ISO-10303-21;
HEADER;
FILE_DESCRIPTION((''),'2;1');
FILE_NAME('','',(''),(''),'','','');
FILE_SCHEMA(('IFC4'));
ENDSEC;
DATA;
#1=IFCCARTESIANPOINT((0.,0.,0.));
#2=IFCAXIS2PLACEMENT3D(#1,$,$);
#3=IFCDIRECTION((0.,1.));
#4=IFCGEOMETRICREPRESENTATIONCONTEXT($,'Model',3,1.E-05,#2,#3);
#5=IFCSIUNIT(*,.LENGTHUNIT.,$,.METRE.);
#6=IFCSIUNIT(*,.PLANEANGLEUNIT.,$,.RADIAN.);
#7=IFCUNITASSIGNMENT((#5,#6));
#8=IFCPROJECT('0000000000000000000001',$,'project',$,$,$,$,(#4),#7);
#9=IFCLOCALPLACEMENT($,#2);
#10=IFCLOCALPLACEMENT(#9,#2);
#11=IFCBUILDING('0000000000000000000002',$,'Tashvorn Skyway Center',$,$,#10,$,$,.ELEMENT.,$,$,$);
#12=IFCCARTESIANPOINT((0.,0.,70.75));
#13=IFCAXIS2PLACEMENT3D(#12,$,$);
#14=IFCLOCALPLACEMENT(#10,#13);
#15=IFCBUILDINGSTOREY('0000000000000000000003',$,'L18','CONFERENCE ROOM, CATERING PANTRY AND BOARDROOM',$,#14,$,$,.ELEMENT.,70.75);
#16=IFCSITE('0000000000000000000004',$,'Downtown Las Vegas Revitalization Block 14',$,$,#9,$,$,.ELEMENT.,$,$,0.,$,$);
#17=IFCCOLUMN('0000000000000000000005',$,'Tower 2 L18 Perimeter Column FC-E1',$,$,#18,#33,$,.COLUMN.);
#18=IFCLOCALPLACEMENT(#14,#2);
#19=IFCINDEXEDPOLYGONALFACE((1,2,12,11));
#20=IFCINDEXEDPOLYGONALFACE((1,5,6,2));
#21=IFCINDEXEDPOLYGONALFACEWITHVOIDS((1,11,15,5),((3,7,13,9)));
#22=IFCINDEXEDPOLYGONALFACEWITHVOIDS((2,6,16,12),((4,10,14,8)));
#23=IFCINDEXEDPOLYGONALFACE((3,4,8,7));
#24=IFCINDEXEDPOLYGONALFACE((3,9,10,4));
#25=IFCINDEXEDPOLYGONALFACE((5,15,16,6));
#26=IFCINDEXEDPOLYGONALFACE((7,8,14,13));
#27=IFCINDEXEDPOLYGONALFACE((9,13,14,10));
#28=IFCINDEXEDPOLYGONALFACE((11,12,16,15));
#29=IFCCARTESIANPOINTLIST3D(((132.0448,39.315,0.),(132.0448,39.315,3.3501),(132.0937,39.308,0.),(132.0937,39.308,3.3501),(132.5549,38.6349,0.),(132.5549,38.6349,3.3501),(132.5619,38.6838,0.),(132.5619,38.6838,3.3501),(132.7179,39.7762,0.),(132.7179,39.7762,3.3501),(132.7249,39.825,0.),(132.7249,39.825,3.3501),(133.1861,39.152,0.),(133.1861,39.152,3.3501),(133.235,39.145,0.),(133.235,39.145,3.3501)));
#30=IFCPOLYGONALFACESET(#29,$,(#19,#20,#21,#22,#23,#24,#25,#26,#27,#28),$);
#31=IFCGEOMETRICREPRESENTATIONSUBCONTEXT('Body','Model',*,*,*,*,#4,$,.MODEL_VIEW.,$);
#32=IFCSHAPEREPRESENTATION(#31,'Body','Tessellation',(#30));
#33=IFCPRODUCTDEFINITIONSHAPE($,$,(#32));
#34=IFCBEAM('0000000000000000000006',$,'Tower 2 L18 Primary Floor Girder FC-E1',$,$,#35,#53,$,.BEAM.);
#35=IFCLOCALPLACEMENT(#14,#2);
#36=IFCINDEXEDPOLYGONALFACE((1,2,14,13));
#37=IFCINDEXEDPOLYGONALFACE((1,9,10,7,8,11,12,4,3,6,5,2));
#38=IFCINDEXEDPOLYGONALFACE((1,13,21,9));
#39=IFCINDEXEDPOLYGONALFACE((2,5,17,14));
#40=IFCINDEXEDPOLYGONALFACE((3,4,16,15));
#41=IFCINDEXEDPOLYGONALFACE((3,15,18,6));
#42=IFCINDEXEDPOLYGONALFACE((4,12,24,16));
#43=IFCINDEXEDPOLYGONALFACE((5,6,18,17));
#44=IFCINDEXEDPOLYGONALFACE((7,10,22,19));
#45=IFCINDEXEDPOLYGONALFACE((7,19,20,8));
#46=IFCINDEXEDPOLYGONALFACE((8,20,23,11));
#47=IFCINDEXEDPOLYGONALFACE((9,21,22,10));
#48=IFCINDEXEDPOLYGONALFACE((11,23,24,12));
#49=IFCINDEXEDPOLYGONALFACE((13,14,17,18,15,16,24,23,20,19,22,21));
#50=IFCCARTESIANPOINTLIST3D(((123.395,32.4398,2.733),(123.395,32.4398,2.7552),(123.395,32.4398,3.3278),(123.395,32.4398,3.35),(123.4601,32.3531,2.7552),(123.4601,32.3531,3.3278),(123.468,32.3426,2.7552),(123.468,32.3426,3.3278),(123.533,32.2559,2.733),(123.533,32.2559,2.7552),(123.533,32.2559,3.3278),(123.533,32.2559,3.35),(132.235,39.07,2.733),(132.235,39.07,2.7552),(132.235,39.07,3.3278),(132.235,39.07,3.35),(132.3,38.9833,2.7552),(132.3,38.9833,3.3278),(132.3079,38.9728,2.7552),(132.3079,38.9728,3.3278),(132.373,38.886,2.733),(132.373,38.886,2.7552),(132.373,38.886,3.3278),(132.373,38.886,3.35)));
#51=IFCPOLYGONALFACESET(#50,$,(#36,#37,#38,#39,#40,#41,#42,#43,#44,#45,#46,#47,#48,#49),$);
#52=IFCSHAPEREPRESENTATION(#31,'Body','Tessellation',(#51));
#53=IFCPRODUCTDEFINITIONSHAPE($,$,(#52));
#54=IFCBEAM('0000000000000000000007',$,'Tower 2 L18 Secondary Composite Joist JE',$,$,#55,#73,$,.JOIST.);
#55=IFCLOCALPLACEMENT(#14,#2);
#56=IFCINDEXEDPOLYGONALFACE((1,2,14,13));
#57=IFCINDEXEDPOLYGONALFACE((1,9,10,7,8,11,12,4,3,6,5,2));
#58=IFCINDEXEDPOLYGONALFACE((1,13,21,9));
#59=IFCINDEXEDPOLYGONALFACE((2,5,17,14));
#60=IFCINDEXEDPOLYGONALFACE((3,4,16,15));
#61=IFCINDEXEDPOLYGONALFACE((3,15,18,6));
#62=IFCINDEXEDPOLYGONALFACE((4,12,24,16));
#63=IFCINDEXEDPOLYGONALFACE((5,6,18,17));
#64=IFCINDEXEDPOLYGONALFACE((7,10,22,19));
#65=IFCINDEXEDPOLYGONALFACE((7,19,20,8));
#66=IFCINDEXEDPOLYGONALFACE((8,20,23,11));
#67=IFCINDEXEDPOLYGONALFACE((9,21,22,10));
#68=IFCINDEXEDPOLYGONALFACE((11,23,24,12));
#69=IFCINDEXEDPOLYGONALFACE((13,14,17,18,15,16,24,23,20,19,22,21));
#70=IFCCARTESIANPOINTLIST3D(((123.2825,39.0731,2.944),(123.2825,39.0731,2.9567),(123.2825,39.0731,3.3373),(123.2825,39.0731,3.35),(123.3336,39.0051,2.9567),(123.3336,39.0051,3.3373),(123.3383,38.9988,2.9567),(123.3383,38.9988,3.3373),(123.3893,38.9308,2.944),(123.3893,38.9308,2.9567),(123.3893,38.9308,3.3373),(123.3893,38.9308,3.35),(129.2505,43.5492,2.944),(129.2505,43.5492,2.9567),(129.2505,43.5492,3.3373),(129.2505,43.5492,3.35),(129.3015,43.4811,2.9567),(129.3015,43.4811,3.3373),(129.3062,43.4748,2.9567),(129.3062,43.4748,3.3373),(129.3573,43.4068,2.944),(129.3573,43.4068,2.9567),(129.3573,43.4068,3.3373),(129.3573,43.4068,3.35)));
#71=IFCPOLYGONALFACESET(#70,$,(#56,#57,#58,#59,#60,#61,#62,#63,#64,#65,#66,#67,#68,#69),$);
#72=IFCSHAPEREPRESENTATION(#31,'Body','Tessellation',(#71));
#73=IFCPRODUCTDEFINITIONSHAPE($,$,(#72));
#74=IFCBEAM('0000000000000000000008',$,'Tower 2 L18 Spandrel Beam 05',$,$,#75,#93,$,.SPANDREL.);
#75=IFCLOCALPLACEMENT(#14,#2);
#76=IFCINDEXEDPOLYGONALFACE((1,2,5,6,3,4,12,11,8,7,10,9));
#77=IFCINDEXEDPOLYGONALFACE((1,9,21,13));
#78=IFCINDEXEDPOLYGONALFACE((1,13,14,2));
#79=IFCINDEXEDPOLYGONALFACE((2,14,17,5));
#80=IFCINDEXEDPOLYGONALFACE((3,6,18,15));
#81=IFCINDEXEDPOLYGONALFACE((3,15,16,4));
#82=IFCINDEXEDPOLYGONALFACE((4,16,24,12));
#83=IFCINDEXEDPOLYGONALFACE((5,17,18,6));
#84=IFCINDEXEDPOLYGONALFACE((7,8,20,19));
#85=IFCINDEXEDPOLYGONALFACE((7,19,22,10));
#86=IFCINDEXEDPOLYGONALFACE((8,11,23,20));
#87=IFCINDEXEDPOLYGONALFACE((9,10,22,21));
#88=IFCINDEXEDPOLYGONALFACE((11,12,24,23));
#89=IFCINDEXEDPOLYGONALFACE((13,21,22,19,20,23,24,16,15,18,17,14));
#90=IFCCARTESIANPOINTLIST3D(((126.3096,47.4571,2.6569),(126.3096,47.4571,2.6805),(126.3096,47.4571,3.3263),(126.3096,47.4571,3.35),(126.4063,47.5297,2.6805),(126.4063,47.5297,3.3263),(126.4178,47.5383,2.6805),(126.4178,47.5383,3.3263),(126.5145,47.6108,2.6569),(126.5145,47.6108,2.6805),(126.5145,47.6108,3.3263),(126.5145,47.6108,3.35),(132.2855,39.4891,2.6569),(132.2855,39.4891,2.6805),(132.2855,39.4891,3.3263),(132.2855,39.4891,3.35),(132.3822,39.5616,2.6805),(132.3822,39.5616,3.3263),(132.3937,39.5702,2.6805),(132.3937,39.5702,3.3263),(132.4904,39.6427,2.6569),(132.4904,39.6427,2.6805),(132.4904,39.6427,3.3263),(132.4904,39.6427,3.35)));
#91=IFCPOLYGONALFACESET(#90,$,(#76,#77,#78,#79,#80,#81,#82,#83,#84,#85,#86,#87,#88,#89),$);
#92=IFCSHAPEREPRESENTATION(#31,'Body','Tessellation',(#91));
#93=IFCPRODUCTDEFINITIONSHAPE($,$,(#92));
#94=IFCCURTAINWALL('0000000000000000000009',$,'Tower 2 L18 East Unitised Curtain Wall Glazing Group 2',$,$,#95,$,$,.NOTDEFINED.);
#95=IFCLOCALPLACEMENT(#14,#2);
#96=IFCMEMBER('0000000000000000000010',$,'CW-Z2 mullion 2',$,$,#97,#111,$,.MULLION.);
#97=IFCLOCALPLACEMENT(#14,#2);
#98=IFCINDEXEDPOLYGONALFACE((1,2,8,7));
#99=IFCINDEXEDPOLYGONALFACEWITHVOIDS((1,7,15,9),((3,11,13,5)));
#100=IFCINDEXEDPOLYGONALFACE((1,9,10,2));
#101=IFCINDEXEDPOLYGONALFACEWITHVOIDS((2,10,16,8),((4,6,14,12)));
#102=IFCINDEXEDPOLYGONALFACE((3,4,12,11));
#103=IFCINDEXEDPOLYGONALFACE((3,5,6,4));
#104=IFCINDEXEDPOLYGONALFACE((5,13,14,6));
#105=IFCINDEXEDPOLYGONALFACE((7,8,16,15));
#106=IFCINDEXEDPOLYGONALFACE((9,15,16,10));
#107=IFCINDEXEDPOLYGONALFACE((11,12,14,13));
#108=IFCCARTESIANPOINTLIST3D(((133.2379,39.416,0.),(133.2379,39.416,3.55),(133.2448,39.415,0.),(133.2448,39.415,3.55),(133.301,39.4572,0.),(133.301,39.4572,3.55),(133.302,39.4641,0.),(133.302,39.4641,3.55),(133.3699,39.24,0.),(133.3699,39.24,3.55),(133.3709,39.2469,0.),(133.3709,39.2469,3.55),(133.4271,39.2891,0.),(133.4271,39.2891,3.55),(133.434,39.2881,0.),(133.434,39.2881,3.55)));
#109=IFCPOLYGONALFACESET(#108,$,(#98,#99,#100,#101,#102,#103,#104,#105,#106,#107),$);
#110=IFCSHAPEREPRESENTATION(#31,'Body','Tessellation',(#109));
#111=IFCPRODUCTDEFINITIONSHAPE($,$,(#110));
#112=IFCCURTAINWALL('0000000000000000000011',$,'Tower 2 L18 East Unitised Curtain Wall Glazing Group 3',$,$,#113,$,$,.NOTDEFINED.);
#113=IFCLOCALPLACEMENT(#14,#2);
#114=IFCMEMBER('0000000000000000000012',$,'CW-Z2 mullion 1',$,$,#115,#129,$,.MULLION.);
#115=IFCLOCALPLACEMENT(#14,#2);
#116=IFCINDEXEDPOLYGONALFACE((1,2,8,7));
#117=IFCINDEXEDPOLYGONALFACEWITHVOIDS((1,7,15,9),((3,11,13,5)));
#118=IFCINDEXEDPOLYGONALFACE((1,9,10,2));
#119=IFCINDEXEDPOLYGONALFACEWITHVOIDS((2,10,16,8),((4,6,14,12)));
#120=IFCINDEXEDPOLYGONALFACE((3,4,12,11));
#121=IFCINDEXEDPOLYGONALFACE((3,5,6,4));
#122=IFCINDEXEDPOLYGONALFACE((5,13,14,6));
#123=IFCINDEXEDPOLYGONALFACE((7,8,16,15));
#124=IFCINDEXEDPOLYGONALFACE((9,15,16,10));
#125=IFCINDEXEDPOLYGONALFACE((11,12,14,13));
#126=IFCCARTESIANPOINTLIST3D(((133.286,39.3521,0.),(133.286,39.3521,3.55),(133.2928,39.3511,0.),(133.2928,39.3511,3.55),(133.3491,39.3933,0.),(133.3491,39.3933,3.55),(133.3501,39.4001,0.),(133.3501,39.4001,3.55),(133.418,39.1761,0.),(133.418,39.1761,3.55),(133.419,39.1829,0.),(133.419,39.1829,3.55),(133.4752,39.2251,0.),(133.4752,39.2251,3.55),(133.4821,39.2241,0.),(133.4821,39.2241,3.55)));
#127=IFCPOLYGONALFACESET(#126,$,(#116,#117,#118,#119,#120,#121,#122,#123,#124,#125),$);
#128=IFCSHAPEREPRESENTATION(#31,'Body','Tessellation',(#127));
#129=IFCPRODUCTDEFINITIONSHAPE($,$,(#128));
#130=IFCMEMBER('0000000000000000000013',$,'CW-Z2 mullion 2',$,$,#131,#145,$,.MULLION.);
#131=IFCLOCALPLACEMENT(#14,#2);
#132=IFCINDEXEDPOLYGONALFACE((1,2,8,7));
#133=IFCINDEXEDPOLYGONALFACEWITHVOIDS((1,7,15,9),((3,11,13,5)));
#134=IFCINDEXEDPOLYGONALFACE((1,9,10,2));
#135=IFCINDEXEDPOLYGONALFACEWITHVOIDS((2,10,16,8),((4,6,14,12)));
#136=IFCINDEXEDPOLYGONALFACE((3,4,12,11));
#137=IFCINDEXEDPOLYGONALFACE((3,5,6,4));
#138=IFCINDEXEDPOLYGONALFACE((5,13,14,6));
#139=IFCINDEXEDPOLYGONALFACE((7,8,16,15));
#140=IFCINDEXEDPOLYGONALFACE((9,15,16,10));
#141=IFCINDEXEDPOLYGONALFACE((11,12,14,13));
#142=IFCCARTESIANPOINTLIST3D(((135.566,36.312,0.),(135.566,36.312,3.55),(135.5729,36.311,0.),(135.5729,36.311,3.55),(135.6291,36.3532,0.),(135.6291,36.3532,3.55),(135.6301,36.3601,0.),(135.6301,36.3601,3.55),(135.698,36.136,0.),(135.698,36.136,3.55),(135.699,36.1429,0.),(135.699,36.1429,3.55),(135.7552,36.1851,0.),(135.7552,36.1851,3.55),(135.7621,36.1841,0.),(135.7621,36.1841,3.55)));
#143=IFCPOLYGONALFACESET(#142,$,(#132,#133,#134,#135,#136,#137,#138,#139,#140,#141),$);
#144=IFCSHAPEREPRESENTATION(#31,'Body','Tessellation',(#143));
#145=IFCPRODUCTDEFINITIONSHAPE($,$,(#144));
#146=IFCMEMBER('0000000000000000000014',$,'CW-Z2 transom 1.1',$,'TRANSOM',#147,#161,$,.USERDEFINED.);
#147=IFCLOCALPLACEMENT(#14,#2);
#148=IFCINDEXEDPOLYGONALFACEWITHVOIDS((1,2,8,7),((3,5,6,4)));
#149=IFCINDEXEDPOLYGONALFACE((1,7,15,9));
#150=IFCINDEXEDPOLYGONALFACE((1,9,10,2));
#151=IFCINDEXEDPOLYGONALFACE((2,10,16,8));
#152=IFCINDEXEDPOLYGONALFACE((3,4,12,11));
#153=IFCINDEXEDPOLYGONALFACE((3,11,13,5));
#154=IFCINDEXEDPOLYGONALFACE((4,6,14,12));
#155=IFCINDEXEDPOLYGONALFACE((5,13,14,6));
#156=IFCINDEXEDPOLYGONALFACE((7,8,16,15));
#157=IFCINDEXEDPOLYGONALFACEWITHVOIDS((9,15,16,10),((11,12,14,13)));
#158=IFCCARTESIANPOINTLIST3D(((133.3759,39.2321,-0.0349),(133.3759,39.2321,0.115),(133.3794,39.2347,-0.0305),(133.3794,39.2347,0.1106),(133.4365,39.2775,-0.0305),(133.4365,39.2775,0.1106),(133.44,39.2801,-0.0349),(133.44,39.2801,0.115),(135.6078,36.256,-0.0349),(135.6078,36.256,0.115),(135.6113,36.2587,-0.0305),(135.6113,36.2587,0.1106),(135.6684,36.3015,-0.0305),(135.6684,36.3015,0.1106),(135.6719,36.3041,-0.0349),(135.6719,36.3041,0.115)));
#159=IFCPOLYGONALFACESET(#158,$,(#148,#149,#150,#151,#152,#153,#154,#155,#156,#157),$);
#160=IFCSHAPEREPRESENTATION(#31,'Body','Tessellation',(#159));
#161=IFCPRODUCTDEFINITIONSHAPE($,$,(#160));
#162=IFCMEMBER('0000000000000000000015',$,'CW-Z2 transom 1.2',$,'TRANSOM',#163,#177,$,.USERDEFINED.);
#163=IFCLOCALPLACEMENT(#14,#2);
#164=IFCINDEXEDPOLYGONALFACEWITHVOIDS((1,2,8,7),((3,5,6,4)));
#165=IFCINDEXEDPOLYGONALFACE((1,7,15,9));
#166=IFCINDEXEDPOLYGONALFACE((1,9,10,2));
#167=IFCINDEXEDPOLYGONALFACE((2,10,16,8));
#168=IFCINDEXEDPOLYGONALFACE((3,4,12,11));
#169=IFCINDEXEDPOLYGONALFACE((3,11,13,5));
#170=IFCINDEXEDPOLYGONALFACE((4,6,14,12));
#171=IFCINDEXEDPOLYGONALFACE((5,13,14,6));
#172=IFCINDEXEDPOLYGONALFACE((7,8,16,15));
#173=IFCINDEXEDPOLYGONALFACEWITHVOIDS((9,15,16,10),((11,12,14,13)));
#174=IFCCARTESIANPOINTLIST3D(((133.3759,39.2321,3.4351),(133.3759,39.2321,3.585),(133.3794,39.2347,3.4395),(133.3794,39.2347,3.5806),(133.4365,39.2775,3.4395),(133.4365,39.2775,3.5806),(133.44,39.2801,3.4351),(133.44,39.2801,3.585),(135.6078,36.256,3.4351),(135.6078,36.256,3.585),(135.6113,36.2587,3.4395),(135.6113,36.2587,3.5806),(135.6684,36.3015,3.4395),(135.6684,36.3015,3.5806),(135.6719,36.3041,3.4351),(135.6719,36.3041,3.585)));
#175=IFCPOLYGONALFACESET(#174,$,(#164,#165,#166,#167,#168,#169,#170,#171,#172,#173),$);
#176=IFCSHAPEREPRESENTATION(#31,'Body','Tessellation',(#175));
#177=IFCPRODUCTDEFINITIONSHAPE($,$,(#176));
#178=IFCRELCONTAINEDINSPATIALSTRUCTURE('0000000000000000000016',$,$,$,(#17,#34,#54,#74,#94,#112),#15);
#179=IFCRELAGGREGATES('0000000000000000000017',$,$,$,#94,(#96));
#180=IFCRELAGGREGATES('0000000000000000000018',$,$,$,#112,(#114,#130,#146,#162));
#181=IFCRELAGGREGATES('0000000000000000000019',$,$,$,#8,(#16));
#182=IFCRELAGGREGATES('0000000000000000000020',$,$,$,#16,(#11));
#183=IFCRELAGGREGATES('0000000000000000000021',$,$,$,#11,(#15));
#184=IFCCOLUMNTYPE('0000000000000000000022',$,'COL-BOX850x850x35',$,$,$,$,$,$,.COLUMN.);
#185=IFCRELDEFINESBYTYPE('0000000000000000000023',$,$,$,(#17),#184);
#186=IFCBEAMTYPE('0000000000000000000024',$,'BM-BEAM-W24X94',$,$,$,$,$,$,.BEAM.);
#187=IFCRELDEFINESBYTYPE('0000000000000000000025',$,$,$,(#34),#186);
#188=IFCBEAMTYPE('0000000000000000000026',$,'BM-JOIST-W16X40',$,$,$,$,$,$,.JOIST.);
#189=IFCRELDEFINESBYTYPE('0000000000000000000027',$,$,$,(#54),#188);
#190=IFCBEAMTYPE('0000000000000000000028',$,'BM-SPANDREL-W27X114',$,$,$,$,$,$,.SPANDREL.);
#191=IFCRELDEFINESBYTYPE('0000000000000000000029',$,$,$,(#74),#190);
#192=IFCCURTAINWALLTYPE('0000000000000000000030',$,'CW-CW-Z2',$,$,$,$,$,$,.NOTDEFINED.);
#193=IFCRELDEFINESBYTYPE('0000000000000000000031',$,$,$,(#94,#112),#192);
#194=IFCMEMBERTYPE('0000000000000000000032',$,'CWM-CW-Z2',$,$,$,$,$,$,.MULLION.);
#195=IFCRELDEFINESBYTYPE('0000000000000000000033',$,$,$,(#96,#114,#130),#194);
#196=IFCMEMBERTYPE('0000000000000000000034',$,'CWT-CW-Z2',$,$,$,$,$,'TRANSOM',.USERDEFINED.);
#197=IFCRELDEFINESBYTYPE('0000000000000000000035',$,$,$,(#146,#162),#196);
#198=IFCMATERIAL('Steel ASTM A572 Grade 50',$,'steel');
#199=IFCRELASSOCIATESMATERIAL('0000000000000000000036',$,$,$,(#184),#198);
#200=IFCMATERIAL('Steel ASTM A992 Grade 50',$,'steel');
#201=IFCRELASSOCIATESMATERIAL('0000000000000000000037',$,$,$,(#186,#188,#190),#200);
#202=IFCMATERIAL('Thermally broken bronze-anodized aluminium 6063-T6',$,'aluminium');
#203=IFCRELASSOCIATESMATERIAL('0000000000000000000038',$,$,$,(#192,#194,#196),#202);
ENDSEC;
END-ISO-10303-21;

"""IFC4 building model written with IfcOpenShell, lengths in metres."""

from ifc_helpers import new_model, si_unit, direction, frame, origin, origin_2d, place, context, subcontext, project, spatial, hollow_rectangle, i_section, extrude, material, material_profile, profile_set, type_object, element, aggregate, save


model = new_model("IFC4")

# Units and contexts
model_context = context("Model", 3, precision=1e-05, world=origin(), true_north=direction((0.0, 1.0)))
body_context = subcontext(model_context, "Body", "Model", "MODEL_VIEW")
ifc_project = project(units=[si_unit("LENGTHUNIT", "METRE"), si_unit("PLANEANGLEUNIT", "RADIAN")], contexts=[model_context])

# Site, building, storey
site_placement = place(None, origin())
site = spatial("IfcSite", under=ifc_project, at=site_placement, Name="Downtown Las Vegas Revitalization Block 14", CompositionType="ELEMENT", RefElevation=0.0)
building_placement = place(site_placement, origin())
building = spatial("IfcBuilding", under=site, at=building_placement, Name="Tashvorn Skyway Center", CompositionType="ELEMENT")
storey_placement = place(building_placement, frame((0.0, 0.0, 70.75)))
storey = spatial("IfcBuildingStorey", under=building, at=storey_placement, Name="L18", Description="CONFERENCE ROOM, CATERING PANTRY AND BOARDROOM", CompositionType="ELEMENT", Elevation=70.75)

# Column
ifc_material_1 = material(Name="Steel ASTM A572 Grade 50", Category="steel")
ifc_material_profile_1 = material_profile(ifc_material_1, hollow_rectangle(XDim=0.8501, YDim=0.8501, WallThickness=0.0349, at=origin_2d()), Name="BOX850x850x35")
ifc_profile_set_1 = profile_set([ifc_material_profile_1], Name="Steel ASTM A572 Grade 50")
column_type = type_object("IfcColumnType", Name="COL-BOX850x850x35", PredefinedType="COLUMN", material=ifc_profile_set_1)
column_placement = place(storey_placement, frame((132.6399, 39.23, 0.0), z_axis=(0.0, 0.0, 1.0), x_axis=(0.8, 0.6, 0.0)))
element("IfcColumn", 1, at=column_placement, inside=storey, type_object=column_type, Name="Tower 2 L18 Perimeter Column FC-E1", PredefinedType="COLUMN", context=body_context, shape_type="SweptSolid", body=[
    extrude(hollow_rectangle(XDim=0.8501, YDim=0.8501, WallThickness=0.0349, at=origin_2d()), origin(), (0.0, 0.0, 1.0), 3.3501),
])

# Beams
ifc_material_2 = material(Name="Steel ASTM A992 Grade 50", Category="steel")
ifc_material_profile_2 = material_profile(ifc_material_2, i_section(OverallWidth=0.23, OverallDepth=0.6169, WebThickness=0.0132, FlangeThickness=0.0222, at=origin_2d()), Name="W24X94")
ifc_profile_set_2 = profile_set([ifc_material_profile_2], Name="Steel ASTM A992 Grade 50")
beam_type_1 = type_object("IfcBeamType", Name="BM-BEAM-W24X94", PredefinedType="BEAM", material=ifc_profile_set_2)
beam_1_placement = place(storey_placement, frame((132.304, 38.978, 3.0415), z_axis=(-0.799989, -0.600014, 0.0), x_axis=(0.600014, -0.799989, 0.0)))
element("IfcBeam", 2, at=beam_1_placement, inside=storey, type_object=beam_type_1, Name="Tower 2 L18 Primary Floor Girder FC-E1", PredefinedType="BEAM", context=body_context, shape_type="SweptSolid", body=[
    extrude(i_section(OverallWidth=0.23, OverallDepth=0.6169, WebThickness=0.0132, FlangeThickness=0.0222, at=origin_2d()), origin(), (0.0, 0.0, 1.0), 11.05),
])
ifc_material_profile_3 = material_profile(ifc_material_2, i_section(OverallWidth=0.178, OverallDepth=0.406, WebThickness=0.0078, FlangeThickness=0.0127, at=origin_2d()), Name="W16X40")
ifc_profile_set_3 = profile_set([ifc_material_profile_3], Name="Steel ASTM A992 Grade 50")
beam_type_2 = type_object("IfcBeamType", Name="BM-JOIST-W16X40", PredefinedType="JOIST", material=ifc_profile_set_3)
beam_2_placement = place(storey_placement, frame((123.3359, 39.002, 3.147), z_axis=(0.799996, 0.600005, 0.0), x_axis=(-0.600005, 0.799996, 0.0)))
element("IfcBeam", 3, at=beam_2_placement, inside=storey, type_object=beam_type_2, Name="Tower 2 L18 Secondary Composite Joist JE", PredefinedType="JOIST", context=body_context, shape_type="SweptSolid", body=[
    extrude(i_section(OverallWidth=0.178, OverallDepth=0.406, WebThickness=0.0078, FlangeThickness=0.0127, at=origin_2d()), origin(), (0.0, 0.0, 1.0), 7.46),
])
ifc_material_profile_4 = material_profile(ifc_material_2, i_section(OverallWidth=0.2561, OverallDepth=0.6931, WebThickness=0.0144, FlangeThickness=0.0237, at=origin_2d()), Name="W27X114")
ifc_profile_set_4 = profile_set([ifc_material_profile_4], Name="Steel ASTM A992 Grade 50")
beam_type_3 = type_object("IfcBeamType", Name="BM-SPANDREL-W27X114", PredefinedType="SPANDREL", material=ifc_profile_set_4)
beam_3_placement = place(storey_placement, frame((132.3879, 39.5659, 3.0034), z_axis=(-0.599988, 0.800009, 0.0), x_axis=(-0.800009, -0.599988, 0.0)))
element("IfcBeam", 4, at=beam_3_placement, inside=storey, type_object=beam_type_3, Name="Tower 2 L18 Spandrel Beam 05", PredefinedType="SPANDREL", context=body_context, shape_type="SweptSolid", body=[
    extrude(i_section(OverallWidth=0.2561, OverallDepth=0.6931, WebThickness=0.0144, FlangeThickness=0.0237, at=origin_2d()), origin(), (0.0, 0.0, 1.0), 9.96),
])

# Curtain wall, member
ifc_material_3 = material(Name="Thermally broken bronze-anodized aluminium 6063-T6", Category="aluminium")
curtain_wall_type = type_object("IfcCurtainWallType", Name="CW-CW-Z2", PredefinedType="NOTDEFINED", material=ifc_material_3)
curtain_wall_1_placement = place(storey_placement, origin())
curtain_wall_1 = element("IfcCurtainWall", 5, at=curtain_wall_1_placement, inside=storey, type_object=curtain_wall_type, Name="Tower 2 L18 East Unitised Curtain Wall Glazing Group 2", PredefinedType="NOTDEFINED")
ifc_material_profile_5 = material_profile(ifc_material_3, hollow_rectangle(XDim=0.0801, YDim=0.22, WallThickness=0.0049, at=origin_2d()), Name="ALU-MULL-80x220")
ifc_profile_set_5 = profile_set([ifc_material_profile_5], Name="Thermally broken bronze-anodized aluminium 6063-T6")
member_type_1 = type_object("IfcMemberType", Name="CWM-CW-Z2", PredefinedType="MULLION", material=ifc_profile_set_5)
member_1_placement = place(storey_placement, frame((133.3359, 39.3521, 0.0), z_axis=(0.0, 0.0, 1.0), x_axis=(0.8, 0.6, 0.0)))
member_1 = element("IfcMember", 6, at=member_1_placement, type_object=member_type_1, Name="CW-Z2 mullion 2", PredefinedType="MULLION", context=body_context, shape_type="SweptSolid", body=[
    extrude(hollow_rectangle(XDim=0.0801, YDim=0.22, WallThickness=0.0049, at=origin_2d()), origin(), (0.0, 0.0, 1.0), 3.55),
])
aggregate(curtain_wall_1, [member_1])

# Curtain wall, members
curtain_wall_2_placement = place(storey_placement, origin())
curtain_wall_2 = element("IfcCurtainWall", 7, at=curtain_wall_2_placement, inside=storey, type_object=curtain_wall_type, Name="Tower 2 L18 East Unitised Curtain Wall Glazing Group 3", PredefinedType="NOTDEFINED")
member_2_placement = place(storey_placement, frame((133.384, 39.2881, 0.0), z_axis=(0.0, 0.0, 1.0), x_axis=(0.8, 0.6, 0.0)))
member_2 = element("IfcMember", 8, at=member_2_placement, type_object=member_type_1, Name="CW-Z2 mullion 1", PredefinedType="MULLION", context=body_context, shape_type="SweptSolid", body=[
    extrude(hollow_rectangle(XDim=0.0801, YDim=0.22, WallThickness=0.0049, at=origin_2d()), origin(), (0.0, 0.0, 1.0), 3.55),
])
member_3_placement = place(storey_placement, frame((135.6641, 36.248, 0.0), z_axis=(0.0, 0.0, 1.0), x_axis=(0.8, 0.6, 0.0)))
member_3 = element("IfcMember", 9, at=member_3_placement, type_object=member_type_1, Name="CW-Z2 mullion 2", PredefinedType="MULLION", context=body_context, shape_type="SweptSolid", body=[
    extrude(hollow_rectangle(XDim=0.0801, YDim=0.22, WallThickness=0.0049, at=origin_2d()), origin(), (0.0, 0.0, 1.0), 3.55),
])
ifc_material_profile_6 = material_profile(ifc_material_3, hollow_rectangle(XDim=0.0801, YDim=0.1499, WallThickness=0.0044, at=origin_2d()), Name="ALU-TRAN-80x150")
ifc_profile_set_6 = profile_set([ifc_material_profile_6], Name="Thermally broken bronze-anodized aluminium 6063-T6")
member_type_2 = type_object("IfcMemberType", Name="CWT-CW-Z2", ElementType="TRANSOM", PredefinedType="USERDEFINED", material=ifc_profile_set_6)
member_4_placement = place(storey_placement, frame((133.408, 39.2561, 0.04), z_axis=(0.599979, -0.800016, 0.0), x_axis=(0.800016, 0.599979, 0.0)))
member_4 = element("IfcMember", 10, at=member_4_placement, type_object=member_type_2, Name="CW-Z2 transom 1.1", ObjectType="TRANSOM", PredefinedType="USERDEFINED", context=body_context, shape_type="SweptSolid", body=[
    extrude(hollow_rectangle(XDim=0.0801, YDim=0.1499, WallThickness=0.0044, at=origin_2d()), origin(), (0.0, 0.0, 1.0), 3.72),
])
member_5_placement = place(storey_placement, frame((133.408, 39.2561, 3.51), z_axis=(0.599979, -0.800016, 0.0), x_axis=(0.800016, 0.599979, 0.0)))
member_5 = element("IfcMember", 11, at=member_5_placement, type_object=member_type_2, Name="CW-Z2 transom 1.2", ObjectType="TRANSOM", PredefinedType="USERDEFINED", context=body_context, shape_type="SweptSolid", body=[
    extrude(hollow_rectangle(XDim=0.0801, YDim=0.1499, WallThickness=0.0044, at=origin_2d()), origin(), (0.0, 0.0, 1.0), 3.72),
])
aggregate(curtain_wall_2, [member_2, member_3, member_4, member_5])

save(model, "model.ifc")
